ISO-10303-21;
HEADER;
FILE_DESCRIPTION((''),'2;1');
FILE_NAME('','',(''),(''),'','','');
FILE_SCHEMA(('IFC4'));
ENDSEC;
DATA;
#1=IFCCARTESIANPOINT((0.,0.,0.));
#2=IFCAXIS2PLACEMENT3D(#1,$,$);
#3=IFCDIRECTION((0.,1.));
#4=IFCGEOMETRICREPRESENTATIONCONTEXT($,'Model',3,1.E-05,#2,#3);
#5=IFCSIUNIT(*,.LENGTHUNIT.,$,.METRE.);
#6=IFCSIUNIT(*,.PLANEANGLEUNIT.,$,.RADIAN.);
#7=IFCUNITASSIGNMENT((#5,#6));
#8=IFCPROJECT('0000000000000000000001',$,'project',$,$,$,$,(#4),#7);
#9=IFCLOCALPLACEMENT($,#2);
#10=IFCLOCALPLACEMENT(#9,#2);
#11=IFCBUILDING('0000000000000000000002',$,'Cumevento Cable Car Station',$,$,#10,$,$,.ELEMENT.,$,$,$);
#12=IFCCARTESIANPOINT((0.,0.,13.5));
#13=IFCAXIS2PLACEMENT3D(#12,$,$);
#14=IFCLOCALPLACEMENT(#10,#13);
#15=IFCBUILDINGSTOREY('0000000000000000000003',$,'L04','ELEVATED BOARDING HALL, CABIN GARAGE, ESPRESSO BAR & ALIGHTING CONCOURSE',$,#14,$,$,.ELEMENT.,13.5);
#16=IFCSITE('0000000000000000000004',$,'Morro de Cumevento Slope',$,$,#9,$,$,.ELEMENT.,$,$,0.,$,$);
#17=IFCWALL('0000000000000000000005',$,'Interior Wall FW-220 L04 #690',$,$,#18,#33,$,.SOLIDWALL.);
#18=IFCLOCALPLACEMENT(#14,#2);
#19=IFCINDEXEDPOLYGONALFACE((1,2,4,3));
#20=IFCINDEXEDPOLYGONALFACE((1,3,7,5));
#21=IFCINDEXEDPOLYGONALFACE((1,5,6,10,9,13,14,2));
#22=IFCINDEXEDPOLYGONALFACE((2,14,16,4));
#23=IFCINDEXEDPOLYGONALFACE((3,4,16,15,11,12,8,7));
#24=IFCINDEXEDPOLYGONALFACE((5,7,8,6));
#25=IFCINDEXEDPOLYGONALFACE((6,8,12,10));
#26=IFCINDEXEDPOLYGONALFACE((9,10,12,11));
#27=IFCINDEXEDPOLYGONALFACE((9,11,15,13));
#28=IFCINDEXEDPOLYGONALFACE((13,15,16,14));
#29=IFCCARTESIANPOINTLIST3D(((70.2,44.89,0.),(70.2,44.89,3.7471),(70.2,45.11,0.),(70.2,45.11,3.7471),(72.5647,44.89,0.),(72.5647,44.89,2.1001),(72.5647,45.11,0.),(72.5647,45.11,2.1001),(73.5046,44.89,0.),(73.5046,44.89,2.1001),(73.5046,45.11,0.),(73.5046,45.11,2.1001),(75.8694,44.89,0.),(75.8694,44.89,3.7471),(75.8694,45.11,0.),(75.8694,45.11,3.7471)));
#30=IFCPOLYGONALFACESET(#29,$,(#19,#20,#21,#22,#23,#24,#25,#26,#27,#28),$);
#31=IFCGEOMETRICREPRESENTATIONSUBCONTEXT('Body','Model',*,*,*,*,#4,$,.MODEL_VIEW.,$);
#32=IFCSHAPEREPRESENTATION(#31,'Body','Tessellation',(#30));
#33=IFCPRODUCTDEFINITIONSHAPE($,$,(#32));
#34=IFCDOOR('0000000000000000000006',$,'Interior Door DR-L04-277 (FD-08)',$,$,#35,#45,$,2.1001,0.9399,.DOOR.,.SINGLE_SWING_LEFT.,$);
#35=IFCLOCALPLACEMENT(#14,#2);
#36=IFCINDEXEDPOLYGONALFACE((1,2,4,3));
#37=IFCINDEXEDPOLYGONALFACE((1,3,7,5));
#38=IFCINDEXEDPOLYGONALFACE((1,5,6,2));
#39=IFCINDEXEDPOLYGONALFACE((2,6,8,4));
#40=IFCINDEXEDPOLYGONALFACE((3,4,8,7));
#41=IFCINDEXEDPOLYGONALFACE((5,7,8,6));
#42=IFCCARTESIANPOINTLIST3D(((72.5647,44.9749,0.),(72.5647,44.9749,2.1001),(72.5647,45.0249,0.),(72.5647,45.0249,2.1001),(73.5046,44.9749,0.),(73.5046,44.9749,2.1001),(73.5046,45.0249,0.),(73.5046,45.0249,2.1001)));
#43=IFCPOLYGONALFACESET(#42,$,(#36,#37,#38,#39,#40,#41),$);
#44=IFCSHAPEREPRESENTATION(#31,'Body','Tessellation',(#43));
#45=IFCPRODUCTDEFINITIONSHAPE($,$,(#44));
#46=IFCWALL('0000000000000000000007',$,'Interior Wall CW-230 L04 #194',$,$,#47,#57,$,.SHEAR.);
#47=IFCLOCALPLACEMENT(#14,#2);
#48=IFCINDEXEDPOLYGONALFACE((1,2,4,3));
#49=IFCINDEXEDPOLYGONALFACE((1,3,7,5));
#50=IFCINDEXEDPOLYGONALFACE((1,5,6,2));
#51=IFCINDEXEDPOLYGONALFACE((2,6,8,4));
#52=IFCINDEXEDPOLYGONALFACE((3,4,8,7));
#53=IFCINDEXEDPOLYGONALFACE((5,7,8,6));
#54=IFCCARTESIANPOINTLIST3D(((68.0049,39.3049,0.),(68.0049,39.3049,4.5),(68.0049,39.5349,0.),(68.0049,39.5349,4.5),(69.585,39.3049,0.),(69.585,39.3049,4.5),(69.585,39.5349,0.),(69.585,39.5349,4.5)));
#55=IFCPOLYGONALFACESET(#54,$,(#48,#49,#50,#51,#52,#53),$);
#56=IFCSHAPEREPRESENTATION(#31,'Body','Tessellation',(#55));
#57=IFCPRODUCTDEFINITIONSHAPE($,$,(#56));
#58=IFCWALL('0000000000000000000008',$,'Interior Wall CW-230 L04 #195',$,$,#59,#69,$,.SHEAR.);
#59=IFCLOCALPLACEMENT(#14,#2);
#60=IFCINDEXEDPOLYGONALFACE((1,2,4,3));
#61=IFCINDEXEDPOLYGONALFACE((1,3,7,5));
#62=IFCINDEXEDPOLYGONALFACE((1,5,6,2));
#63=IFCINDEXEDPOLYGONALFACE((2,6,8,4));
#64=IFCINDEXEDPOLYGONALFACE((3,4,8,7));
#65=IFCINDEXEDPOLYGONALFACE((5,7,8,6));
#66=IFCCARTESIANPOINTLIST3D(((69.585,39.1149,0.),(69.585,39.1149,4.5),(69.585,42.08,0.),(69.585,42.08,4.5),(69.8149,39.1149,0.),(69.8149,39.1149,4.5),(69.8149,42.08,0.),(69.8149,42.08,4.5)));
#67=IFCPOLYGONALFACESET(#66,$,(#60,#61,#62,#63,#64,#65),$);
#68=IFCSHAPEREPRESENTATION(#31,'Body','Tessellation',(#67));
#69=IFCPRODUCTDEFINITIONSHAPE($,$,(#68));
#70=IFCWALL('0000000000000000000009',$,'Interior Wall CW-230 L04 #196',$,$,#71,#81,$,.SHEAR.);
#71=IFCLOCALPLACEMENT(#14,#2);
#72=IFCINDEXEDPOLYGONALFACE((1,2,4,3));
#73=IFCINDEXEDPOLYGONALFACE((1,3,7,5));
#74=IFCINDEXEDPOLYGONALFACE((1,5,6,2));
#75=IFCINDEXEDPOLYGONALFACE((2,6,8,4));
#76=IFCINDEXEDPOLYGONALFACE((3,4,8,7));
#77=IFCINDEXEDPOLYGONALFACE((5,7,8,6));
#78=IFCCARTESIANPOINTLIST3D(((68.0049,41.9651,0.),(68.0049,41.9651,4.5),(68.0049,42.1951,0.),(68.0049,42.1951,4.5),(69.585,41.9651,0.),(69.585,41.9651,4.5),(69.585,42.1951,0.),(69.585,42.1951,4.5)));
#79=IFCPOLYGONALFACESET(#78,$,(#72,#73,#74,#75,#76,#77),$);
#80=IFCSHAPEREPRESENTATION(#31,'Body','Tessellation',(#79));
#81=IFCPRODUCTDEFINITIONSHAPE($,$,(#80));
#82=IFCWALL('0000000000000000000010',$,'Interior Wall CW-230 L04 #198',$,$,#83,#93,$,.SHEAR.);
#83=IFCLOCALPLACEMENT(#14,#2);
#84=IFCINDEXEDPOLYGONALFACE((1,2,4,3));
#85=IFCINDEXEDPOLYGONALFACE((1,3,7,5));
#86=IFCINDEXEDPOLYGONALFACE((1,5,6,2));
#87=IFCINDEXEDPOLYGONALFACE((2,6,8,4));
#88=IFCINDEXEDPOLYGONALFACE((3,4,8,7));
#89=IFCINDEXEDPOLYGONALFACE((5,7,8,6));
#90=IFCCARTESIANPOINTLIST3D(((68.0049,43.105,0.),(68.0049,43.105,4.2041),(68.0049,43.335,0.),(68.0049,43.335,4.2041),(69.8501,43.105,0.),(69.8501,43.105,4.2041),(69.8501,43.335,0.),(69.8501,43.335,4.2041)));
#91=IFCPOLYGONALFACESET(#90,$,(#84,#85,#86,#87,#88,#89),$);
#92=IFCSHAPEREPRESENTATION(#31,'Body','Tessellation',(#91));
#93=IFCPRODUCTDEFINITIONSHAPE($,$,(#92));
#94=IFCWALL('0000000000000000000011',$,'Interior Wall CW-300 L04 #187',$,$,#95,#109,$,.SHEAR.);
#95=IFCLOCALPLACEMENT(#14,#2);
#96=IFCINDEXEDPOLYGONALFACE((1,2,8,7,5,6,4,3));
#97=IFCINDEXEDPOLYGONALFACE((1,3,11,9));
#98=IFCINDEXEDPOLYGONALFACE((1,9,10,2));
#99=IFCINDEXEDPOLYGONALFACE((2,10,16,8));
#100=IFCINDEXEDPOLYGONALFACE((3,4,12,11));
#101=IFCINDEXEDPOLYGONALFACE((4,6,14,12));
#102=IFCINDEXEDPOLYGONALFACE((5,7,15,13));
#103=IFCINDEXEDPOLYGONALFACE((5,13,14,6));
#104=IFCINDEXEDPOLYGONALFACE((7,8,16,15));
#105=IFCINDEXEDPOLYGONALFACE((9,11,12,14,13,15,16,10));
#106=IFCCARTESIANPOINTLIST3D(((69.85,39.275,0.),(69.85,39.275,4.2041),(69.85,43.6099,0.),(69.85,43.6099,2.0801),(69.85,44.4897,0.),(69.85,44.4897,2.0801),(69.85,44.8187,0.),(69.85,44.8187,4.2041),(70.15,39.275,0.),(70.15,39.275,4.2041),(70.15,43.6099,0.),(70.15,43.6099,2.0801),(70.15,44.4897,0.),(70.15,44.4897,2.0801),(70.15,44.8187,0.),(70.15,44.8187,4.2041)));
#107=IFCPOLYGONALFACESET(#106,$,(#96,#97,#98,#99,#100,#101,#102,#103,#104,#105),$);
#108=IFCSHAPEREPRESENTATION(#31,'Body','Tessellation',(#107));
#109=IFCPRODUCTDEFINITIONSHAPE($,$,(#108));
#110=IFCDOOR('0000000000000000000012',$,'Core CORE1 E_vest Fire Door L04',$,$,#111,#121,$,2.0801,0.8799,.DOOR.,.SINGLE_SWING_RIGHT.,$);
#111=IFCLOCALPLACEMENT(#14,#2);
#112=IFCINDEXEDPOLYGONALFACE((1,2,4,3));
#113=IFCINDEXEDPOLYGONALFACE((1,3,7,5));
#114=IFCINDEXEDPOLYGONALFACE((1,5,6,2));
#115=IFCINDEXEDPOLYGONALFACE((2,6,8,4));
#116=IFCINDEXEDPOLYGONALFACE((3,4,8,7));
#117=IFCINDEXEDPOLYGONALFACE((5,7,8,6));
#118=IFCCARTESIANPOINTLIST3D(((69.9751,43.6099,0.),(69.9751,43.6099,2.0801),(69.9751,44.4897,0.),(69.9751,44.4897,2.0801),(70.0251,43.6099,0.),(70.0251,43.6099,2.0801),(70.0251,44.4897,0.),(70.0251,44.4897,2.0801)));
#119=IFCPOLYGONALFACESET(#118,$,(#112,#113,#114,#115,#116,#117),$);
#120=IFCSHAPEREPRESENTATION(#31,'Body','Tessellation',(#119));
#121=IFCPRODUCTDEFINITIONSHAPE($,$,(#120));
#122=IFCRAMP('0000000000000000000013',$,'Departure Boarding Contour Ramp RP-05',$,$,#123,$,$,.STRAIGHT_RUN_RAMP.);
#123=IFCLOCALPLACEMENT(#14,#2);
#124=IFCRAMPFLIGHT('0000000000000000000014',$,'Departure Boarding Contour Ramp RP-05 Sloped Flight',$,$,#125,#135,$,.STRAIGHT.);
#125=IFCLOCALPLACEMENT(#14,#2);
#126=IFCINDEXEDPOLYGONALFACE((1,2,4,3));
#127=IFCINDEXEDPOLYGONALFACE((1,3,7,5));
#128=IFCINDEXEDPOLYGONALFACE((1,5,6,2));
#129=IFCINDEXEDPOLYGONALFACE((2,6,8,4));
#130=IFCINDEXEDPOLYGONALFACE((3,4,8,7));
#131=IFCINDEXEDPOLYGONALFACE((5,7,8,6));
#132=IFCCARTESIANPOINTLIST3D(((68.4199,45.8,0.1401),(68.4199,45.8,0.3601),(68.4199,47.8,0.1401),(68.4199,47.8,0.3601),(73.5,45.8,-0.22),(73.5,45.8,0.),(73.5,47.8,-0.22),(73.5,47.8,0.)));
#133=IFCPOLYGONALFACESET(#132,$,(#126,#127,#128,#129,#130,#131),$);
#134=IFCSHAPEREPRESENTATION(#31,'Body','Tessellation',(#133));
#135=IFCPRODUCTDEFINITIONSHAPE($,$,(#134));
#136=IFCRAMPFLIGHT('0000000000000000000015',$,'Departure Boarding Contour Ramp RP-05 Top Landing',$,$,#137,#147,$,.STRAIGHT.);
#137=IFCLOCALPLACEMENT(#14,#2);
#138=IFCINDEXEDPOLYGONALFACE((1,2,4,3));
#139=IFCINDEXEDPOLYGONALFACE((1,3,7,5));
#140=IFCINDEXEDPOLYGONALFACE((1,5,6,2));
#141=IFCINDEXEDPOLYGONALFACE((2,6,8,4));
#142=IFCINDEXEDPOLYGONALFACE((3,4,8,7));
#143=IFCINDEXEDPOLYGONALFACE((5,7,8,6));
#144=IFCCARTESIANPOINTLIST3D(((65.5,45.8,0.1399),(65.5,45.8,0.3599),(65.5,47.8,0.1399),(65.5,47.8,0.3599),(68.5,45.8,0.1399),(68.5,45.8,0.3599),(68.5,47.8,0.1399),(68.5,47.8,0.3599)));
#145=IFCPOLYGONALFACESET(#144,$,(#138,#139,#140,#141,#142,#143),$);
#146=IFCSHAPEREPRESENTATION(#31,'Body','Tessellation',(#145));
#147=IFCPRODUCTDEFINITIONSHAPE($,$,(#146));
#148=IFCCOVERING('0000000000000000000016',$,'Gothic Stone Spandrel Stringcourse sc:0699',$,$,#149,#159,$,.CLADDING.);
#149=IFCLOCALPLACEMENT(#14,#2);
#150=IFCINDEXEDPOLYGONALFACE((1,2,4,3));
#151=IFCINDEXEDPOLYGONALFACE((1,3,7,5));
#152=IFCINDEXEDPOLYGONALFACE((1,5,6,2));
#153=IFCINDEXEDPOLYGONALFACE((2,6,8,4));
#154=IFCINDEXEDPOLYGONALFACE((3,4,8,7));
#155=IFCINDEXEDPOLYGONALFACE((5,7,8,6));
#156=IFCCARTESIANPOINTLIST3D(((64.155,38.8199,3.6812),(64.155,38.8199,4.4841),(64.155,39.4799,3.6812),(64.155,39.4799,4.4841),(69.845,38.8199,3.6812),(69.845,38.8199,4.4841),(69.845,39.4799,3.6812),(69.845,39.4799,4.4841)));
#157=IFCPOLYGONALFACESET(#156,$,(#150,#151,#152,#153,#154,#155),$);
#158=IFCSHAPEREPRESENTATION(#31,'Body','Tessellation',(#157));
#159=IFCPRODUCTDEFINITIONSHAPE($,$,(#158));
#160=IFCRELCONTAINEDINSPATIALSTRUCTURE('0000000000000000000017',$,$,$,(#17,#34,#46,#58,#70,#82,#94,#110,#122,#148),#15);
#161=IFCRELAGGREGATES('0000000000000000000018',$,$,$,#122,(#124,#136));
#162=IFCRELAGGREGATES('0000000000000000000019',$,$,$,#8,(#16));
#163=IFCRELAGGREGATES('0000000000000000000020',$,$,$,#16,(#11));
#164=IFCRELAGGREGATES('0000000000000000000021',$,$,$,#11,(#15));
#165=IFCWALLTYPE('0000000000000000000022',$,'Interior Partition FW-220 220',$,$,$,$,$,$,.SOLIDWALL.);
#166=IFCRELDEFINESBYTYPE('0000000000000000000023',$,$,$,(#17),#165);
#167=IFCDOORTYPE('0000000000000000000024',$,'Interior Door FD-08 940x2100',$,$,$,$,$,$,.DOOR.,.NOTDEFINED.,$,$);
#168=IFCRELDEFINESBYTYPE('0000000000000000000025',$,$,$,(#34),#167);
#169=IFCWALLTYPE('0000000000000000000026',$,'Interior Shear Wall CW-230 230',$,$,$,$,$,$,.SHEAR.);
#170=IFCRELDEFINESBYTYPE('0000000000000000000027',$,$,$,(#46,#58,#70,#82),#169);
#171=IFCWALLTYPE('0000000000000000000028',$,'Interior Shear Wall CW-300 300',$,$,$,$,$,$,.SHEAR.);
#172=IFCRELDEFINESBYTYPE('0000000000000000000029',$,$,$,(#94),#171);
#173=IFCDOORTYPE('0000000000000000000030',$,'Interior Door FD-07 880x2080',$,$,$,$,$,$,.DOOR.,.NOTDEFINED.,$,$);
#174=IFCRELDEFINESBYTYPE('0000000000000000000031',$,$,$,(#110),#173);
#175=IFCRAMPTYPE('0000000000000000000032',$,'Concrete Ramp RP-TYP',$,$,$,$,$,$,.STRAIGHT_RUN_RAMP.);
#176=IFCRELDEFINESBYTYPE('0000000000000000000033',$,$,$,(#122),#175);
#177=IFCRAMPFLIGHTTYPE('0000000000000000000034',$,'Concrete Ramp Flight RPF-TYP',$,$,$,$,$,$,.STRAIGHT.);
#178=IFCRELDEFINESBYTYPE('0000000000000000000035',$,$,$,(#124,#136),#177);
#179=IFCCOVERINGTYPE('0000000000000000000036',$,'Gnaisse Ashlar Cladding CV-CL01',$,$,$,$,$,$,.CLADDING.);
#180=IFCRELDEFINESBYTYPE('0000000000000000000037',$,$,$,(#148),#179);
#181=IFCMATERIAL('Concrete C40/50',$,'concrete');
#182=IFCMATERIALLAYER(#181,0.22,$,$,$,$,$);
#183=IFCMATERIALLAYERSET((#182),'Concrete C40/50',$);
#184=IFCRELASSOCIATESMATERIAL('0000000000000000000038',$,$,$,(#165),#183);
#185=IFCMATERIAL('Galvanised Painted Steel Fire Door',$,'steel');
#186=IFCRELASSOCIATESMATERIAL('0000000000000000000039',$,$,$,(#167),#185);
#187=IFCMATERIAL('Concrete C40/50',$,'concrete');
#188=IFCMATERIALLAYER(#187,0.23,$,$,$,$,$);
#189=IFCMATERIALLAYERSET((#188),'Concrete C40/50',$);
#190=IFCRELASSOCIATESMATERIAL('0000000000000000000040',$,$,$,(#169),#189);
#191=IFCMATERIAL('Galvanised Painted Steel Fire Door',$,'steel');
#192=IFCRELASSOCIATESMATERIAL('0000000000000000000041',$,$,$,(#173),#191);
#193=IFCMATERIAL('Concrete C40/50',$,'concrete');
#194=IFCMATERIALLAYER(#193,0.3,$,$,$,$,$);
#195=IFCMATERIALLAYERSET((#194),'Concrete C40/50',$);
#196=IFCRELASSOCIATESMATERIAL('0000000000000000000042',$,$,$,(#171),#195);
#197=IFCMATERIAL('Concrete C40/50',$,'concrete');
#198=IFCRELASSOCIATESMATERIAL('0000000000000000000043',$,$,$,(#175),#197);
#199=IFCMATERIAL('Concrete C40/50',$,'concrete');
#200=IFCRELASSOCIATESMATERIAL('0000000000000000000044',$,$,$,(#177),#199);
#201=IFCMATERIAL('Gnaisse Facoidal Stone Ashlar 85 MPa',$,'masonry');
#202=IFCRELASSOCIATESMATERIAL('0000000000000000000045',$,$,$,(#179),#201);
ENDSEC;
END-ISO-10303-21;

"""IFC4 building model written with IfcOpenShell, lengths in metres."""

from ifc_helpers import new_model, si_unit, direction, frame, frame_2d, origin, origin_2d, place, context, subcontext, project, spatial, polyline, rectangle, outline, extrude, material, layer, layer_set, type_object, element, fill, aggregate, save


model = new_model("IFC4")

# Units and contexts
model_context = context("Model", 3, precision=1e-05, world=origin(), true_north=direction((0.0, 1.0)))
body_context = subcontext(model_context, "Body", "Model", "MODEL_VIEW")
ifc_project = project(units=[si_unit("LENGTHUNIT", "METRE"), si_unit("PLANEANGLEUNIT", "RADIAN")], contexts=[model_context])

# Site, building, storey
site_placement = place(None, origin())
site = spatial("IfcSite", under=ifc_project, at=site_placement, Name="Morro de Cumevento Slope", CompositionType="ELEMENT", RefElevation=0.0)
building_placement = place(site_placement, origin())
building = spatial("IfcBuilding", under=site, at=building_placement, Name="Cumevento Cable Car Station", CompositionType="ELEMENT")
storey_placement = place(building_placement, frame((0.0, 0.0, 13.5)))
storey = spatial("IfcBuildingStorey", under=building, at=storey_placement, Name="L04", Description="ELEVATED BOARDING HALL, CABIN GARAGE, ESPRESSO BAR & ALIGHTING CONCOURSE", CompositionType="ELEMENT", Elevation=13.5)

# Wall, opening, door
ifc_material_1 = material(Name="Concrete C40/50", Category="concrete")
ifc_layer_1 = layer(ifc_material_1, 0.22)
ifc_layer_set_1 = layer_set([ifc_layer_1], Name="Concrete C40/50")
wall_type_1 = type_object("IfcWallType", Name="Interior Partition FW-220 220", PredefinedType="SOLIDWALL", material=ifc_layer_set_1)
wall_1_placement = place(storey_placement, frame((70.2, 45.0, 0.0), z_axis=(0.0, 0.0, 1.0), x_axis=(1.0, 0.0, 0.0)))
wall_1 = element("IfcWall", 1, at=wall_1_placement, inside=storey, type_object=wall_type_1, Name="Interior Wall FW-220 L04 #690", PredefinedType="SOLIDWALL", context=body_context, shape_type="SweptSolid", body=[
    extrude(rectangle(XDim=5.6694, YDim=0.22, at=frame_2d((2.8347, 0.0))), origin(), (0.0, 0.0, 1.0), 3.7471),
])
opening_1_placement = place(wall_1_placement, frame((2.3647, 0.0, 0.0)))
opening_1 = element("IfcOpeningElement", 2, at=opening_1_placement, cuts=wall_1, PredefinedType="OPENING", context=body_context, shape_type="SweptSolid", body=[
    extrude(rectangle(XDim=0.9399, YDim=2.1001, at=frame_2d((0.47, 1.05))), frame((0.0, 0.1199, 0.0), z_axis=(0.0, -1.0, 0.0), x_axis=(1.0, 0.0, 0.0)), (0.0, 0.0, 1.0), 0.24),
])
ifc_material_2 = material(Name="Galvanised Painted Steel Fire Door", Category="steel")
door_type_1 = type_object("IfcDoorType", Name="Interior Door FD-08 940x2100", OperationType="NOTDEFINED", PredefinedType="DOOR", material=ifc_material_2)
door_1_placement = place(opening_1_placement, origin())
door_1 = element("IfcDoor", 3, at=door_1_placement, inside=storey, type_object=door_type_1, Name="Interior Door DR-L04-277 (FD-08)", OperationType="SINGLE_SWING_LEFT", OverallHeight=2.1001, OverallWidth=0.9399, PredefinedType="DOOR", context=body_context, shape_type="SweptSolid", body=[
    extrude(rectangle(XDim=0.9399, YDim=2.1001, at=frame_2d((0.47, 1.05))), frame((0.0, 0.0249, 0.0), z_axis=(0.0, -1.0, 0.0), x_axis=(1.0, 0.0, 0.0)), (0.0, 0.0, 1.0), 0.05),
])
fill(opening_1, door_1)

# Walls
ifc_material_3 = material(Name="Concrete C40/50", Category="concrete")
ifc_layer_2 = layer(ifc_material_3, 0.23)
ifc_layer_set_2 = layer_set([ifc_layer_2], Name="Concrete C40/50")
wall_type_2 = type_object("IfcWallType", Name="Interior Shear Wall CW-230 230", PredefinedType="SHEAR", material=ifc_layer_set_2)
wall_2_placement = place(storey_placement, frame((68.0049, 39.4199, 0.0), z_axis=(0.0, 0.0, 1.0), x_axis=(1.0, 0.0, 0.0)))
element("IfcWall", 4, at=wall_2_placement, inside=storey, type_object=wall_type_2, Name="Interior Wall CW-230 L04 #194", PredefinedType="SHEAR", context=body_context, shape_type="SweptSolid", body=[
    extrude(rectangle(XDim=1.5801, YDim=0.23, at=frame_2d((0.79, 0.0))), origin(), (0.0, 0.0, 1.0), 4.5),
])
wall_3_placement = place(storey_placement, frame((69.7, 39.115, 0.0), z_axis=(0.0, 0.0, 1.0), x_axis=(0.0, 1.0, 0.0)))
element("IfcWall", 5, at=wall_3_placement, inside=storey, type_object=wall_type_2, Name="Interior Wall CW-230 L04 #195", PredefinedType="SHEAR", context=body_context, shape_type="SweptSolid", body=[
    extrude(rectangle(XDim=2.9651, YDim=0.23, at=frame_2d((1.4824, 0.0))), origin(), (0.0, 0.0, 1.0), 4.5),
])
wall_4_placement = place(storey_placement, frame((68.0049, 42.0801, 0.0), z_axis=(0.0, 0.0, 1.0), x_axis=(1.0, 0.0, 0.0)))
element("IfcWall", 6, at=wall_4_placement, inside=storey, type_object=wall_type_2, Name="Interior Wall CW-230 L04 #196", PredefinedType="SHEAR", context=body_context, shape_type="SweptSolid", body=[
    extrude(rectangle(XDim=1.5801, YDim=0.23, at=frame_2d((0.79, 0.0))), origin(), (0.0, 0.0, 1.0), 4.5),
])
wall_5_placement = place(storey_placement, frame((68.0049, 43.22, 0.0), z_axis=(0.0, 0.0, 1.0), x_axis=(1.0, 0.0, 0.0)))
element("IfcWall", 7, at=wall_5_placement, inside=storey, type_object=wall_type_2, Name="Interior Wall CW-230 L04 #198", PredefinedType="SHEAR", context=body_context, shape_type="SweptSolid", body=[
    extrude(rectangle(XDim=1.8452, YDim=0.23, at=frame_2d((0.9226, 0.0))), origin(), (0.0, 0.0, 1.0), 4.2041),
])

# Shared definitions
ifc_material_4 = material(Name="Galvanised Painted Steel Fire Door", Category="steel")
door_type_2 = type_object("IfcDoorType", Name="Interior Door FD-07 880x2080", OperationType="NOTDEFINED", PredefinedType="DOOR", material=ifc_material_4)

# Wall, opening, door
ifc_material_5 = material(Name="Concrete C40/50", Category="concrete")
ifc_layer_3 = layer(ifc_material_5, 0.3)
ifc_layer_set_3 = layer_set([ifc_layer_3], Name="Concrete C40/50")
wall_type_3 = type_object("IfcWallType", Name="Interior Shear Wall CW-300 300", PredefinedType="SHEAR", material=ifc_layer_set_3)
wall_6_placement = place(storey_placement, frame((70.0, 39.2749, 0.0), z_axis=(0.0, 0.0, 1.0), x_axis=(0.0, 1.0, 0.0)))
wall_6 = element("IfcWall", 8, at=wall_6_placement, inside=storey, type_object=wall_type_3, Name="Interior Wall CW-300 L04 #187", PredefinedType="SHEAR", context=body_context, shape_type="SweptSolid", body=[
    extrude(rectangle(XDim=5.5437, YDim=0.3, at=frame_2d((2.772, 0.0))), origin(), (0.0, 0.0, 1.0), 4.2041),
])
opening_2_placement = place(wall_6_placement, frame((4.335, 0.0, 0.0)))
opening_2 = element("IfcOpeningElement", 9, at=opening_2_placement, cuts=wall_6, PredefinedType="OPENING", context=body_context, shape_type="SweptSolid", body=[
    extrude(rectangle(XDim=0.8799, YDim=2.0801, at=frame_2d((0.4399, 1.04))), frame((0.0, 0.1599, 0.0), z_axis=(0.0, -1.0, 0.0), x_axis=(1.0, 0.0, 0.0)), (0.0, 0.0, 1.0), 0.3201),
])
door_2_placement = place(opening_2_placement, origin())
door_2 = element("IfcDoor", 10, at=door_2_placement, inside=storey, type_object=door_type_2, Name="Core CORE1 E_vest Fire Door L04", OperationType="SINGLE_SWING_RIGHT", OverallHeight=2.0801, OverallWidth=0.8799, PredefinedType="DOOR", context=body_context, shape_type="SweptSolid", body=[
    extrude(rectangle(XDim=0.8799, YDim=2.0801, at=frame_2d((0.4399, 1.04))), frame((0.0, 0.0249, 0.0), z_axis=(0.0, -1.0, 0.0), x_axis=(1.0, 0.0, 0.0)), (0.0, 0.0, 1.0), 0.05),
])
fill(opening_2, door_2)

# Ramp, ramp flights
ifc_material_6 = material(Name="Concrete C40/50", Category="concrete")
ramp_type = type_object("IfcRampType", Name="Concrete Ramp RP-TYP", PredefinedType="STRAIGHT_RUN_RAMP", material=ifc_material_6)
ramp_placement = place(storey_placement, origin())
ramp = element("IfcRamp", 11, at=ramp_placement, inside=storey, type_object=ramp_type, Name="Departure Boarding Contour Ramp RP-05", PredefinedType="STRAIGHT_RUN_RAMP")
ifc_material_7 = material(Name="Concrete C40/50", Category="concrete")
ramp_flight_type = type_object("IfcRampFlightType", Name="Concrete Ramp Flight RPF-TYP", PredefinedType="STRAIGHT", material=ifc_material_7)
ramp_flight_1_placement = place(storey_placement, frame((68.4199, 46.8, 0.3601), z_axis=(0.0, 0.0, 1.0), x_axis=(1.0, 0.0, 0.0)))
ramp_flight_1 = element("IfcRampFlight", 12, at=ramp_flight_1_placement, type_object=ramp_flight_type, Name="Departure Boarding Contour Ramp RP-05 Sloped Flight", PredefinedType="STRAIGHT", context=body_context, shape_type="SweptSolid", body=[
    extrude(outline(polyline([(0.0, 0.0), (5.0801, -0.3601), (5.0801, -0.5801), (0.0, -0.22), (0.0, 0.0)])), frame((0.0, 1.0, 0.0), z_axis=(0.0, -1.0, 0.0), x_axis=(1.0, 0.0, 0.0)), (0.0, 0.0, 1.0), 2.0),
])
ramp_flight_2_placement = place(storey_placement, frame((67.0, 46.8, 0.1399), z_axis=(0.0, 0.0, 1.0), x_axis=(1.0, 0.0, 0.0)))
ramp_flight_2 = element("IfcRampFlight", 13, at=ramp_flight_2_placement, type_object=ramp_flight_type, Name="Departure Boarding Contour Ramp RP-05 Top Landing", PredefinedType="STRAIGHT", context=body_context, shape_type="SweptSolid", body=[
    extrude(rectangle(XDim=3.0, YDim=2.0, at=origin_2d()), origin(), (0.0, 0.0, 1.0), 0.22),
])
aggregate(ramp, [ramp_flight_1, ramp_flight_2])

# Covering
ifc_material_8 = material(Name="Gnaisse Facoidal Stone Ashlar 85 MPa", Category="masonry")
covering_type = type_object("IfcCoveringType", Name="Gnaisse Ashlar Cladding CV-CL01", PredefinedType="CLADDING", material=ifc_material_8)
covering_1_placement = place(storey_placement, frame((67.0, 39.1499, 3.6812), z_axis=(0.0, 0.0, 1.0), x_axis=(-1.0, 0.0, 0.0)))
element("IfcCovering", 14, at=covering_1_placement, inside=storey, type_object=covering_type, Name="Gothic Stone Spandrel Stringcourse sc:0699", PredefinedType="CLADDING", context=body_context, shape_type="SweptSolid", body=[
    extrude(rectangle(XDim=5.6899, YDim=0.6599, at=origin_2d()), origin(), (0.0, 0.0, 1.0), 0.803),
])

save(model, "model.ifc")
